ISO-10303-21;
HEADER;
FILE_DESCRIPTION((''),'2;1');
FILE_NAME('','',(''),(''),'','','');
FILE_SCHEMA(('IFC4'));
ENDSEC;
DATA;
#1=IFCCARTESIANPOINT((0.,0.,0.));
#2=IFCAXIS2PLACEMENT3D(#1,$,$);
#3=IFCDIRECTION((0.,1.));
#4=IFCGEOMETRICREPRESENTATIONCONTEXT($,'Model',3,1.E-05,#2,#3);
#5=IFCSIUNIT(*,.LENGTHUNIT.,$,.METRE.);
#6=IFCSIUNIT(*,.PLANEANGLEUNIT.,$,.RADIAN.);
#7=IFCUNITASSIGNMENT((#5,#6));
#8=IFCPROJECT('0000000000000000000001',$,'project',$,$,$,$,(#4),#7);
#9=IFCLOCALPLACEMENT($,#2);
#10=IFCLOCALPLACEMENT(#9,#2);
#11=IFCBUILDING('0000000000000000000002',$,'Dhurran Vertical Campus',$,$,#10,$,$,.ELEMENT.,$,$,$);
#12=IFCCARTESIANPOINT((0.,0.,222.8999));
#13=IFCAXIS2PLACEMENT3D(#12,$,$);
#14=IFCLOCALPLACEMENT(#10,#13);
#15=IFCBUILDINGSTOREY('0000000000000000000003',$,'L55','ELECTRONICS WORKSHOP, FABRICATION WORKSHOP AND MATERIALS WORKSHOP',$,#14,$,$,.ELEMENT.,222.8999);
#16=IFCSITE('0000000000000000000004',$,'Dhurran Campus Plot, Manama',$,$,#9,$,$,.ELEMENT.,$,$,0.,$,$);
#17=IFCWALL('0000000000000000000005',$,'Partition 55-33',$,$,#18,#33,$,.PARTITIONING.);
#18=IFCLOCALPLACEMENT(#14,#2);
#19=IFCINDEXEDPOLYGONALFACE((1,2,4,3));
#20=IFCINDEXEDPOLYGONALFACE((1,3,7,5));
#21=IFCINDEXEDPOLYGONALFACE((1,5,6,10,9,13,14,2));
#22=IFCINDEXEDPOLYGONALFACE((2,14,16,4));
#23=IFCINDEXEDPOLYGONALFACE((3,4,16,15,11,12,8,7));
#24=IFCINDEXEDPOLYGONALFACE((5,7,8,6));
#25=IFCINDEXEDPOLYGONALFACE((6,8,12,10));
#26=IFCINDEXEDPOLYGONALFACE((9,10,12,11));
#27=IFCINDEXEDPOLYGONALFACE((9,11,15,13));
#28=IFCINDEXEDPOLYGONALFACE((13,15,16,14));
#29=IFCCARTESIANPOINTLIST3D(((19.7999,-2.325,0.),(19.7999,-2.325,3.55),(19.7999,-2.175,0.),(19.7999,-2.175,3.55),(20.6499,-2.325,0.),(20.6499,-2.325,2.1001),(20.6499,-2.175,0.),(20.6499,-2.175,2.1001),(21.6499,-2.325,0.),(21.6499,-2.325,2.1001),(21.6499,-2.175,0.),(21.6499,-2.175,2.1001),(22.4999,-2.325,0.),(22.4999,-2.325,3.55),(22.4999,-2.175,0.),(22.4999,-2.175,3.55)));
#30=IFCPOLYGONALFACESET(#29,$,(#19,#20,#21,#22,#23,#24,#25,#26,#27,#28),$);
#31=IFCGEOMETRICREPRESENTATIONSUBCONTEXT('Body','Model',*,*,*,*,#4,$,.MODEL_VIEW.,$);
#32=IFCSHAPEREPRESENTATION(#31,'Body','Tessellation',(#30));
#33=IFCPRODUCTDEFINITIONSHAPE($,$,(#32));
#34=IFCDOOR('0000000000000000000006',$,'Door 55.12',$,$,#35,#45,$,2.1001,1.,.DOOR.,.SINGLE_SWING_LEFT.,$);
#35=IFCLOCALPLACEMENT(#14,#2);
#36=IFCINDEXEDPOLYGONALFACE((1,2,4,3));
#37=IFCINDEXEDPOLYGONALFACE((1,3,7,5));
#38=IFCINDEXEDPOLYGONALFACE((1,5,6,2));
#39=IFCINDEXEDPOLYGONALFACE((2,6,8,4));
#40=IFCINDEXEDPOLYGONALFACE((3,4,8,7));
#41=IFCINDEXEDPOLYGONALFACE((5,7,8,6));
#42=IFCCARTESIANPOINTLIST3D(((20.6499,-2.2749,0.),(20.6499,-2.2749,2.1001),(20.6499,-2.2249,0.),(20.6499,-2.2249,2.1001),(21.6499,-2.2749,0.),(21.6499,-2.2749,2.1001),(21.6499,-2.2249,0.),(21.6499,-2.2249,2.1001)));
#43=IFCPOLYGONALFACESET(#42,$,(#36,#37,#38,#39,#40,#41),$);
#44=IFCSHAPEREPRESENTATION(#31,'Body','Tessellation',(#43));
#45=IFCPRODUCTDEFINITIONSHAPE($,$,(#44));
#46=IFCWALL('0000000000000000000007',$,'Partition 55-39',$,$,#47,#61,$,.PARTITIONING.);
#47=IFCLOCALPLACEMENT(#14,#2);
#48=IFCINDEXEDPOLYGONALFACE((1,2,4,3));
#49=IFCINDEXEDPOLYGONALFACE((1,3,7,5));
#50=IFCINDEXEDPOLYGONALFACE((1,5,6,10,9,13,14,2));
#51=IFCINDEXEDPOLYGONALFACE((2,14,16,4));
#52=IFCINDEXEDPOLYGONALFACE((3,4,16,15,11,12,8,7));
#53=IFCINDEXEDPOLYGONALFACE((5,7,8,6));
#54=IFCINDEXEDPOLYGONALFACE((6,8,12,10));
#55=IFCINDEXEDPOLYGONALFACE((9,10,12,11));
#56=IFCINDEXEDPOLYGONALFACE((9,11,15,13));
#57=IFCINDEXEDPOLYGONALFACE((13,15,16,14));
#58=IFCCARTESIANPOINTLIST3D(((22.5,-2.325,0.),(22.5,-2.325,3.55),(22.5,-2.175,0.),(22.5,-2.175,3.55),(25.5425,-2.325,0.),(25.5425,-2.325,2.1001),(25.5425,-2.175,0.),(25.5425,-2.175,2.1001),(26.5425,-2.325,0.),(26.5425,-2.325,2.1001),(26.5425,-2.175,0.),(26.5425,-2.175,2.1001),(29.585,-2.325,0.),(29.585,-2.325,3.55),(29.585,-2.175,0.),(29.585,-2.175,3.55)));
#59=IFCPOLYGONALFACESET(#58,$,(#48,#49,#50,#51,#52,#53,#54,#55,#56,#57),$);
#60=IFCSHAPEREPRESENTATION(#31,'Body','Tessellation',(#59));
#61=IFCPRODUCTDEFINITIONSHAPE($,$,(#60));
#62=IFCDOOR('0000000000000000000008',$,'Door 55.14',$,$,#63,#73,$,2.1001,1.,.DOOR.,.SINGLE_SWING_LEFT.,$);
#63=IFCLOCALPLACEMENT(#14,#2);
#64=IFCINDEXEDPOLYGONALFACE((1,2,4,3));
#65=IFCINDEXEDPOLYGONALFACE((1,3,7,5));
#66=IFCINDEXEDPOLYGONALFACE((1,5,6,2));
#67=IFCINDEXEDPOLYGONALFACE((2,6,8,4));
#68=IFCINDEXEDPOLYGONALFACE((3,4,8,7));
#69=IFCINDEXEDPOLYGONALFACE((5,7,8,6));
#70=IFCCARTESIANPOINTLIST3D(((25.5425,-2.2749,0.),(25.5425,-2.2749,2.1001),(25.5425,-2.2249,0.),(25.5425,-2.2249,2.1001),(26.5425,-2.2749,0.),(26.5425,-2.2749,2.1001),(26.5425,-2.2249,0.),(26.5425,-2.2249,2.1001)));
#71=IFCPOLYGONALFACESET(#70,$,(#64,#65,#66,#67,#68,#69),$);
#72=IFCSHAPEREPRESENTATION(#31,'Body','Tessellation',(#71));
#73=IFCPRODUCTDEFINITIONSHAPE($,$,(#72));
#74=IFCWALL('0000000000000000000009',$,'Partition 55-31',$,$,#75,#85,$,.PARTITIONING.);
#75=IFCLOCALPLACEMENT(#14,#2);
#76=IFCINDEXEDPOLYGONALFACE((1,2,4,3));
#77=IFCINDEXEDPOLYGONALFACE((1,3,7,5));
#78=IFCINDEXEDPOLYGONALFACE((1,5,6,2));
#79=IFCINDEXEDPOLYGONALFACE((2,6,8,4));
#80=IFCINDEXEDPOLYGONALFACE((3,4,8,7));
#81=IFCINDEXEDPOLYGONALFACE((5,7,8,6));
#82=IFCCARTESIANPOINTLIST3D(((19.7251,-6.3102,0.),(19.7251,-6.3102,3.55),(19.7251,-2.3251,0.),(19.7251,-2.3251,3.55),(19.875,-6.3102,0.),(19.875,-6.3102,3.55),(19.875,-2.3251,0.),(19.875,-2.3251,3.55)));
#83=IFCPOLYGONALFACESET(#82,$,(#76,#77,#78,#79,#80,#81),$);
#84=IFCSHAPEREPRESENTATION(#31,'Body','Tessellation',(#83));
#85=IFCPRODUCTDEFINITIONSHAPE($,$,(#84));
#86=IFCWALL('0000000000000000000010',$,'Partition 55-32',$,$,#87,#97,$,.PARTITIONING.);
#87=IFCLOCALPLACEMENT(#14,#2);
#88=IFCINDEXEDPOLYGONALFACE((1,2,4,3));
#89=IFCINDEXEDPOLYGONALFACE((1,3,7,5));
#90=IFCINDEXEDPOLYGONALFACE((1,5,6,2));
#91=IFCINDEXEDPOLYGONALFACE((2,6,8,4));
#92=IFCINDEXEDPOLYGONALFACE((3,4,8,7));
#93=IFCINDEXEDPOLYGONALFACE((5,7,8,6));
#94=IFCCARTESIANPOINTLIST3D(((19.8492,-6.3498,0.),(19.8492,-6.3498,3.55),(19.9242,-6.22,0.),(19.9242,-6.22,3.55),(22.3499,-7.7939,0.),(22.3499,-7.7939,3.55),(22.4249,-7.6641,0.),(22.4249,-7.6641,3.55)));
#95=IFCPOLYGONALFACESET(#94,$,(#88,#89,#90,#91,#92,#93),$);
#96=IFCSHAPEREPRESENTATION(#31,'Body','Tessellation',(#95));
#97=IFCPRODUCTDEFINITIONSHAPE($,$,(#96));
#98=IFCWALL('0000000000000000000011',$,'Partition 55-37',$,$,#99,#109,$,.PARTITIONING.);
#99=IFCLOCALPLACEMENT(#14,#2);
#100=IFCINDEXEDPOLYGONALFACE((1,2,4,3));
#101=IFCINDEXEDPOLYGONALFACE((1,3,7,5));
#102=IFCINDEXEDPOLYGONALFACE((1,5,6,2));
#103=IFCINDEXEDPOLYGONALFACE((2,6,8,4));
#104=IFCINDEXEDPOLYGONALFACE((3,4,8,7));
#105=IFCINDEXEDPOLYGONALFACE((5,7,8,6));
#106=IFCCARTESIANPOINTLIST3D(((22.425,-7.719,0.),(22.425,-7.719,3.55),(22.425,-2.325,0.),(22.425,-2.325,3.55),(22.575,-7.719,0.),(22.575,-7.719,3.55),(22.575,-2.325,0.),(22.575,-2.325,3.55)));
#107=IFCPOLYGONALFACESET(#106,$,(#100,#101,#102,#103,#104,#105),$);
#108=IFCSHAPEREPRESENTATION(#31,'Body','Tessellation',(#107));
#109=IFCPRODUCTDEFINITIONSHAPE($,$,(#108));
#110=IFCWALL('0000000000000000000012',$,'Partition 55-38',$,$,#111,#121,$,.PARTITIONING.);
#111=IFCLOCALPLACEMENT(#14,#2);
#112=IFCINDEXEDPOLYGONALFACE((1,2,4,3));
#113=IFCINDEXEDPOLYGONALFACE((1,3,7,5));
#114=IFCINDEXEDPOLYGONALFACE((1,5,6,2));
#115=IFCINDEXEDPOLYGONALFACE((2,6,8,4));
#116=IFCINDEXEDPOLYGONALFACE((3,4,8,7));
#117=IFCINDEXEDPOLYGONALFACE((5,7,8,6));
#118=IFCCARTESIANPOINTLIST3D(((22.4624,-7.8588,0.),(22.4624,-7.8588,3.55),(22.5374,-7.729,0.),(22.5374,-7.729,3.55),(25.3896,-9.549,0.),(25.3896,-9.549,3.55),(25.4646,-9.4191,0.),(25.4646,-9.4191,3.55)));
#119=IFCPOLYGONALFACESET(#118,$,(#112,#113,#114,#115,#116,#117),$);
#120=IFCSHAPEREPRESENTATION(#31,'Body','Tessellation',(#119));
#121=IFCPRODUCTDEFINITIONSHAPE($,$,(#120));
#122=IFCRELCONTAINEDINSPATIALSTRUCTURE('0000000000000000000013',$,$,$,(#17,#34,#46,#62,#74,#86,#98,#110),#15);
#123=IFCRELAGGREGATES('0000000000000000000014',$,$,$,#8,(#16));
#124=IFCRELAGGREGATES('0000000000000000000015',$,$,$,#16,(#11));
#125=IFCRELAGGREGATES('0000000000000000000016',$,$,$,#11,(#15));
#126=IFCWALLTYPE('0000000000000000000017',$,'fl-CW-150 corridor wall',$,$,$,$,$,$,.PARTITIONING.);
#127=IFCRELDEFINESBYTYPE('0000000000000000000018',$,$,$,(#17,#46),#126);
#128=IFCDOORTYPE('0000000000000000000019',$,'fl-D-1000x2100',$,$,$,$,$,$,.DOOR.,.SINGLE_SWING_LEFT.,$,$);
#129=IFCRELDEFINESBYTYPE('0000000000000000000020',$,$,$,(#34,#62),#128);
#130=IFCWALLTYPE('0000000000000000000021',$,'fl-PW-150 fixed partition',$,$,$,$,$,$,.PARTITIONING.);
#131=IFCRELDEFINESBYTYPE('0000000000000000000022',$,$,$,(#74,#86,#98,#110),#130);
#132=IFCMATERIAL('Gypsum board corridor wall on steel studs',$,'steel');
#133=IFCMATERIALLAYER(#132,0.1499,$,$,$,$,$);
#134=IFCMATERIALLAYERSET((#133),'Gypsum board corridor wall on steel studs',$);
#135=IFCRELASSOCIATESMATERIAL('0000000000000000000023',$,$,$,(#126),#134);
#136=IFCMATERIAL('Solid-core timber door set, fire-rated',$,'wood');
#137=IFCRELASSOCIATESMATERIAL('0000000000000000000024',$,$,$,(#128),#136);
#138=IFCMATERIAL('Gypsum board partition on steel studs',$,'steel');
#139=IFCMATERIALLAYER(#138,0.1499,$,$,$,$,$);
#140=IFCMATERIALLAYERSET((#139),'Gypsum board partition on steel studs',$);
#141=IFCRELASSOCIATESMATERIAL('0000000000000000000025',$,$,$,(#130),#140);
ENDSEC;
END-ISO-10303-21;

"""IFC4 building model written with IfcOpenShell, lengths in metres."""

from ifc_helpers import new_model, si_unit, direction, frame, frame_2d, origin, place, context, subcontext, project, spatial, rectangle, extrude, material, layer, layer_set, type_object, element, fill, save


model = new_model("IFC4")

# Units and contexts
model_context = context("Model", 3, precision=1e-05, world=origin(), true_north=direction((0.0, 1.0)))
body_context = subcontext(model_context, "Body", "Model", "MODEL_VIEW")
ifc_project = project(units=[si_unit("LENGTHUNIT", "METRE"), si_unit("PLANEANGLEUNIT", "RADIAN")], contexts=[model_context])

# Site, building, storey
site_placement = place(None, origin())
site = spatial("IfcSite", under=ifc_project, at=site_placement, Name="Dhurran Campus Plot, Manama", CompositionType="ELEMENT", RefElevation=0.0)
building_placement = place(site_placement, origin())
building = spatial("IfcBuilding", under=site, at=building_placement, Name="Dhurran Vertical Campus", CompositionType="ELEMENT")
storey_placement = place(building_placement, frame((0.0, 0.0, 222.8999)))
storey = spatial("IfcBuildingStorey", under=building, at=storey_placement, Name="L55", Description="ELECTRONICS WORKSHOP, FABRICATION WORKSHOP AND MATERIALS WORKSHOP", CompositionType="ELEMENT", Elevation=222.8999)

# Shared definitions
ifc_material_1 = material(Name="Gypsum board corridor wall on steel studs", Category="steel")
ifc_layer_1 = layer(ifc_material_1, 0.1499)
ifc_layer_set_1 = layer_set([ifc_layer_1], Name="Gypsum board corridor wall on steel studs")
wall_type_1 = type_object("IfcWallType", Name="fl-CW-150 corridor wall", PredefinedType="PARTITIONING", material=ifc_layer_set_1)

# Walls, openings, doors
wall_1_placement = place(storey_placement, frame((22.5, -2.25, 0.0), z_axis=(0.0, 0.0, 1.0), x_axis=(-1.0, 0.0, 0.0)))
wall_1 = element("IfcWall", 1, at=wall_1_placement, inside=storey, type_object=wall_type_1, Name="Partition 55-33", PredefinedType="PARTITIONING", context=body_context, shape_type="SweptSolid", body=[
    extrude(rectangle(XDim=2.7, YDim=0.1499, at=frame_2d((1.3501, 0.0))), origin(), (0.0, 0.0, 1.0), 3.55),
])
opening_1_placement = place(wall_1_placement, frame((0.8501, 0.0, 0.0)))
opening_1 = element("IfcOpeningElement", 2, at=opening_1_placement, cuts=wall_1, PredefinedType="OPENING", context=body_context, shape_type="SweptSolid", body=[
    extrude(rectangle(XDim=1.0, YDim=2.1001, at=frame_2d((0.5, 1.05))), frame((0.0, 0.085, 0.0), z_axis=(0.0, -1.0, 0.0), x_axis=(1.0, 0.0, 0.0)), (0.0, 0.0, 1.0), 0.1699),
])
ifc_material_2 = material(Name="Solid-core timber door set, fire-rated", Category="wood")
door_type = type_object("IfcDoorType", Name="fl-D-1000x2100", OperationType="SINGLE_SWING_LEFT", PredefinedType="DOOR", material=ifc_material_2)
door_1_placement = place(opening_1_placement, origin())
door_1 = element("IfcDoor", 3, at=door_1_placement, inside=storey, type_object=door_type, Name="Door 55.12", OperationType="SINGLE_SWING_LEFT", OverallHeight=2.1001, OverallWidth=1.0, PredefinedType="DOOR", context=body_context, shape_type="SweptSolid", body=[
    extrude(rectangle(XDim=1.0, YDim=2.1001, at=frame_2d((0.5, 1.05))), frame((0.0, 0.0249, 0.0), z_axis=(0.0, -1.0, 0.0), x_axis=(1.0, 0.0, 0.0)), (0.0, 0.0, 1.0), 0.05),
])
fill(opening_1, door_1)
wall_2_placement = place(storey_placement, frame((29.585, -2.25, 0.0), z_axis=(0.0, 0.0, 1.0), x_axis=(-1.0, 0.0, 0.0)))
wall_2 = element("IfcWall", 4, at=wall_2_placement, inside=storey, type_object=wall_type_1, Name="Partition 55-39", PredefinedType="PARTITIONING", context=body_context, shape_type="SweptSolid", body=[
    extrude(rectangle(XDim=7.085, YDim=0.1499, at=frame_2d((3.5425, 0.0))), origin(), (0.0, 0.0, 1.0), 3.55),
])
opening_2_placement = place(wall_2_placement, frame((3.0425, 0.0, 0.0)))
opening_2 = element("IfcOpeningElement", 5, at=opening_2_placement, cuts=wall_2, PredefinedType="OPENING", context=body_context, shape_type="SweptSolid", body=[
    extrude(rectangle(XDim=1.0, YDim=2.1001, at=frame_2d((0.5, 1.05))), frame((0.0, 0.085, 0.0), z_axis=(0.0, -1.0, 0.0), x_axis=(1.0, 0.0, 0.0)), (0.0, 0.0, 1.0), 0.1699),
])
door_2_placement = place(opening_2_placement, origin())
door_2 = element("IfcDoor", 6, at=door_2_placement, inside=storey, type_object=door_type, Name="Door 55.14", OperationType="SINGLE_SWING_LEFT", OverallHeight=2.1001, OverallWidth=1.0, PredefinedType="DOOR", context=body_context, shape_type="SweptSolid", body=[
    extrude(rectangle(XDim=1.0, YDim=2.1001, at=frame_2d((0.5, 1.05))), frame((0.0, 0.0249, 0.0), z_axis=(0.0, -1.0, 0.0), x_axis=(1.0, 0.0, 0.0)), (0.0, 0.0, 1.0), 0.05),
])
fill(opening_2, door_2)

# Walls
ifc_material_3 = material(Name="Gypsum board partition on steel studs", Category="steel")
ifc_layer_2 = layer(ifc_material_3, 0.1499)
ifc_layer_set_2 = layer_set([ifc_layer_2], Name="Gypsum board partition on steel studs")
wall_type_2 = type_object("IfcWallType", Name="fl-PW-150 fixed partition", PredefinedType="PARTITIONING", material=ifc_layer_set_2)
wall_3_placement = place(storey_placement, frame((19.8, -2.325, 0.0), z_axis=(0.0, 0.0, 1.0), x_axis=(0.0, -1.0, 0.0)))
element("IfcWall", 7, at=wall_3_placement, inside=storey, type_object=wall_type_2, Name="Partition 55-31", PredefinedType="PARTITIONING", context=body_context, shape_type="SweptSolid", body=[
    extrude(rectangle(XDim=3.9851, YDim=0.1499, at=frame_2d((1.9927, 0.0))), origin(), (0.0, 0.0, 1.0), 3.55),
])
wall_4_placement = place(storey_placement, frame((19.8867, -6.2849, 0.0), z_axis=(0.0, 0.0, 1.0), x_axis=(0.865981, -0.500076, 0.0)))
element("IfcWall", 8, at=wall_4_placement, inside=storey, type_object=wall_type_2, Name="Partition 55-32", PredefinedType="PARTITIONING", context=body_context, shape_type="SweptSolid", body=[
    extrude(rectangle(XDim=2.8877, YDim=0.1499, at=frame_2d((1.4438, 0.0))), origin(), (0.0, 0.0, 1.0), 3.55),
])
wall_5_placement = place(storey_placement, frame((22.5, -2.325, 0.0), z_axis=(0.0, 0.0, 1.0), x_axis=(0.0, -1.0, 0.0)))
element("IfcWall", 9, at=wall_5_placement, inside=storey, type_object=wall_type_2, Name="Partition 55-37", PredefinedType="PARTITIONING", context=body_context, shape_type="SweptSolid", body=[
    extrude(rectangle(XDim=5.394, YDim=0.1499, at=frame_2d((2.697, 0.0))), origin(), (0.0, 0.0, 1.0), 3.55),
])
wall_6_placement = place(storey_placement, frame((22.5, -7.7939, 0.0), z_axis=(0.0, 0.0, 1.0), x_axis=(0.866008, -0.500031, 0.0)))
element("IfcWall", 10, at=wall_6_placement, inside=storey, type_object=wall_type_2, Name="Partition 55-38", PredefinedType="PARTITIONING", context=body_context, shape_type="SweptSolid", body=[
    extrude(rectangle(XDim=3.3801, YDim=0.1499, at=frame_2d((1.6899, 0.0))), origin(), (0.0, 0.0, 1.0), 3.55),
])

save(model, "model.ifc")
